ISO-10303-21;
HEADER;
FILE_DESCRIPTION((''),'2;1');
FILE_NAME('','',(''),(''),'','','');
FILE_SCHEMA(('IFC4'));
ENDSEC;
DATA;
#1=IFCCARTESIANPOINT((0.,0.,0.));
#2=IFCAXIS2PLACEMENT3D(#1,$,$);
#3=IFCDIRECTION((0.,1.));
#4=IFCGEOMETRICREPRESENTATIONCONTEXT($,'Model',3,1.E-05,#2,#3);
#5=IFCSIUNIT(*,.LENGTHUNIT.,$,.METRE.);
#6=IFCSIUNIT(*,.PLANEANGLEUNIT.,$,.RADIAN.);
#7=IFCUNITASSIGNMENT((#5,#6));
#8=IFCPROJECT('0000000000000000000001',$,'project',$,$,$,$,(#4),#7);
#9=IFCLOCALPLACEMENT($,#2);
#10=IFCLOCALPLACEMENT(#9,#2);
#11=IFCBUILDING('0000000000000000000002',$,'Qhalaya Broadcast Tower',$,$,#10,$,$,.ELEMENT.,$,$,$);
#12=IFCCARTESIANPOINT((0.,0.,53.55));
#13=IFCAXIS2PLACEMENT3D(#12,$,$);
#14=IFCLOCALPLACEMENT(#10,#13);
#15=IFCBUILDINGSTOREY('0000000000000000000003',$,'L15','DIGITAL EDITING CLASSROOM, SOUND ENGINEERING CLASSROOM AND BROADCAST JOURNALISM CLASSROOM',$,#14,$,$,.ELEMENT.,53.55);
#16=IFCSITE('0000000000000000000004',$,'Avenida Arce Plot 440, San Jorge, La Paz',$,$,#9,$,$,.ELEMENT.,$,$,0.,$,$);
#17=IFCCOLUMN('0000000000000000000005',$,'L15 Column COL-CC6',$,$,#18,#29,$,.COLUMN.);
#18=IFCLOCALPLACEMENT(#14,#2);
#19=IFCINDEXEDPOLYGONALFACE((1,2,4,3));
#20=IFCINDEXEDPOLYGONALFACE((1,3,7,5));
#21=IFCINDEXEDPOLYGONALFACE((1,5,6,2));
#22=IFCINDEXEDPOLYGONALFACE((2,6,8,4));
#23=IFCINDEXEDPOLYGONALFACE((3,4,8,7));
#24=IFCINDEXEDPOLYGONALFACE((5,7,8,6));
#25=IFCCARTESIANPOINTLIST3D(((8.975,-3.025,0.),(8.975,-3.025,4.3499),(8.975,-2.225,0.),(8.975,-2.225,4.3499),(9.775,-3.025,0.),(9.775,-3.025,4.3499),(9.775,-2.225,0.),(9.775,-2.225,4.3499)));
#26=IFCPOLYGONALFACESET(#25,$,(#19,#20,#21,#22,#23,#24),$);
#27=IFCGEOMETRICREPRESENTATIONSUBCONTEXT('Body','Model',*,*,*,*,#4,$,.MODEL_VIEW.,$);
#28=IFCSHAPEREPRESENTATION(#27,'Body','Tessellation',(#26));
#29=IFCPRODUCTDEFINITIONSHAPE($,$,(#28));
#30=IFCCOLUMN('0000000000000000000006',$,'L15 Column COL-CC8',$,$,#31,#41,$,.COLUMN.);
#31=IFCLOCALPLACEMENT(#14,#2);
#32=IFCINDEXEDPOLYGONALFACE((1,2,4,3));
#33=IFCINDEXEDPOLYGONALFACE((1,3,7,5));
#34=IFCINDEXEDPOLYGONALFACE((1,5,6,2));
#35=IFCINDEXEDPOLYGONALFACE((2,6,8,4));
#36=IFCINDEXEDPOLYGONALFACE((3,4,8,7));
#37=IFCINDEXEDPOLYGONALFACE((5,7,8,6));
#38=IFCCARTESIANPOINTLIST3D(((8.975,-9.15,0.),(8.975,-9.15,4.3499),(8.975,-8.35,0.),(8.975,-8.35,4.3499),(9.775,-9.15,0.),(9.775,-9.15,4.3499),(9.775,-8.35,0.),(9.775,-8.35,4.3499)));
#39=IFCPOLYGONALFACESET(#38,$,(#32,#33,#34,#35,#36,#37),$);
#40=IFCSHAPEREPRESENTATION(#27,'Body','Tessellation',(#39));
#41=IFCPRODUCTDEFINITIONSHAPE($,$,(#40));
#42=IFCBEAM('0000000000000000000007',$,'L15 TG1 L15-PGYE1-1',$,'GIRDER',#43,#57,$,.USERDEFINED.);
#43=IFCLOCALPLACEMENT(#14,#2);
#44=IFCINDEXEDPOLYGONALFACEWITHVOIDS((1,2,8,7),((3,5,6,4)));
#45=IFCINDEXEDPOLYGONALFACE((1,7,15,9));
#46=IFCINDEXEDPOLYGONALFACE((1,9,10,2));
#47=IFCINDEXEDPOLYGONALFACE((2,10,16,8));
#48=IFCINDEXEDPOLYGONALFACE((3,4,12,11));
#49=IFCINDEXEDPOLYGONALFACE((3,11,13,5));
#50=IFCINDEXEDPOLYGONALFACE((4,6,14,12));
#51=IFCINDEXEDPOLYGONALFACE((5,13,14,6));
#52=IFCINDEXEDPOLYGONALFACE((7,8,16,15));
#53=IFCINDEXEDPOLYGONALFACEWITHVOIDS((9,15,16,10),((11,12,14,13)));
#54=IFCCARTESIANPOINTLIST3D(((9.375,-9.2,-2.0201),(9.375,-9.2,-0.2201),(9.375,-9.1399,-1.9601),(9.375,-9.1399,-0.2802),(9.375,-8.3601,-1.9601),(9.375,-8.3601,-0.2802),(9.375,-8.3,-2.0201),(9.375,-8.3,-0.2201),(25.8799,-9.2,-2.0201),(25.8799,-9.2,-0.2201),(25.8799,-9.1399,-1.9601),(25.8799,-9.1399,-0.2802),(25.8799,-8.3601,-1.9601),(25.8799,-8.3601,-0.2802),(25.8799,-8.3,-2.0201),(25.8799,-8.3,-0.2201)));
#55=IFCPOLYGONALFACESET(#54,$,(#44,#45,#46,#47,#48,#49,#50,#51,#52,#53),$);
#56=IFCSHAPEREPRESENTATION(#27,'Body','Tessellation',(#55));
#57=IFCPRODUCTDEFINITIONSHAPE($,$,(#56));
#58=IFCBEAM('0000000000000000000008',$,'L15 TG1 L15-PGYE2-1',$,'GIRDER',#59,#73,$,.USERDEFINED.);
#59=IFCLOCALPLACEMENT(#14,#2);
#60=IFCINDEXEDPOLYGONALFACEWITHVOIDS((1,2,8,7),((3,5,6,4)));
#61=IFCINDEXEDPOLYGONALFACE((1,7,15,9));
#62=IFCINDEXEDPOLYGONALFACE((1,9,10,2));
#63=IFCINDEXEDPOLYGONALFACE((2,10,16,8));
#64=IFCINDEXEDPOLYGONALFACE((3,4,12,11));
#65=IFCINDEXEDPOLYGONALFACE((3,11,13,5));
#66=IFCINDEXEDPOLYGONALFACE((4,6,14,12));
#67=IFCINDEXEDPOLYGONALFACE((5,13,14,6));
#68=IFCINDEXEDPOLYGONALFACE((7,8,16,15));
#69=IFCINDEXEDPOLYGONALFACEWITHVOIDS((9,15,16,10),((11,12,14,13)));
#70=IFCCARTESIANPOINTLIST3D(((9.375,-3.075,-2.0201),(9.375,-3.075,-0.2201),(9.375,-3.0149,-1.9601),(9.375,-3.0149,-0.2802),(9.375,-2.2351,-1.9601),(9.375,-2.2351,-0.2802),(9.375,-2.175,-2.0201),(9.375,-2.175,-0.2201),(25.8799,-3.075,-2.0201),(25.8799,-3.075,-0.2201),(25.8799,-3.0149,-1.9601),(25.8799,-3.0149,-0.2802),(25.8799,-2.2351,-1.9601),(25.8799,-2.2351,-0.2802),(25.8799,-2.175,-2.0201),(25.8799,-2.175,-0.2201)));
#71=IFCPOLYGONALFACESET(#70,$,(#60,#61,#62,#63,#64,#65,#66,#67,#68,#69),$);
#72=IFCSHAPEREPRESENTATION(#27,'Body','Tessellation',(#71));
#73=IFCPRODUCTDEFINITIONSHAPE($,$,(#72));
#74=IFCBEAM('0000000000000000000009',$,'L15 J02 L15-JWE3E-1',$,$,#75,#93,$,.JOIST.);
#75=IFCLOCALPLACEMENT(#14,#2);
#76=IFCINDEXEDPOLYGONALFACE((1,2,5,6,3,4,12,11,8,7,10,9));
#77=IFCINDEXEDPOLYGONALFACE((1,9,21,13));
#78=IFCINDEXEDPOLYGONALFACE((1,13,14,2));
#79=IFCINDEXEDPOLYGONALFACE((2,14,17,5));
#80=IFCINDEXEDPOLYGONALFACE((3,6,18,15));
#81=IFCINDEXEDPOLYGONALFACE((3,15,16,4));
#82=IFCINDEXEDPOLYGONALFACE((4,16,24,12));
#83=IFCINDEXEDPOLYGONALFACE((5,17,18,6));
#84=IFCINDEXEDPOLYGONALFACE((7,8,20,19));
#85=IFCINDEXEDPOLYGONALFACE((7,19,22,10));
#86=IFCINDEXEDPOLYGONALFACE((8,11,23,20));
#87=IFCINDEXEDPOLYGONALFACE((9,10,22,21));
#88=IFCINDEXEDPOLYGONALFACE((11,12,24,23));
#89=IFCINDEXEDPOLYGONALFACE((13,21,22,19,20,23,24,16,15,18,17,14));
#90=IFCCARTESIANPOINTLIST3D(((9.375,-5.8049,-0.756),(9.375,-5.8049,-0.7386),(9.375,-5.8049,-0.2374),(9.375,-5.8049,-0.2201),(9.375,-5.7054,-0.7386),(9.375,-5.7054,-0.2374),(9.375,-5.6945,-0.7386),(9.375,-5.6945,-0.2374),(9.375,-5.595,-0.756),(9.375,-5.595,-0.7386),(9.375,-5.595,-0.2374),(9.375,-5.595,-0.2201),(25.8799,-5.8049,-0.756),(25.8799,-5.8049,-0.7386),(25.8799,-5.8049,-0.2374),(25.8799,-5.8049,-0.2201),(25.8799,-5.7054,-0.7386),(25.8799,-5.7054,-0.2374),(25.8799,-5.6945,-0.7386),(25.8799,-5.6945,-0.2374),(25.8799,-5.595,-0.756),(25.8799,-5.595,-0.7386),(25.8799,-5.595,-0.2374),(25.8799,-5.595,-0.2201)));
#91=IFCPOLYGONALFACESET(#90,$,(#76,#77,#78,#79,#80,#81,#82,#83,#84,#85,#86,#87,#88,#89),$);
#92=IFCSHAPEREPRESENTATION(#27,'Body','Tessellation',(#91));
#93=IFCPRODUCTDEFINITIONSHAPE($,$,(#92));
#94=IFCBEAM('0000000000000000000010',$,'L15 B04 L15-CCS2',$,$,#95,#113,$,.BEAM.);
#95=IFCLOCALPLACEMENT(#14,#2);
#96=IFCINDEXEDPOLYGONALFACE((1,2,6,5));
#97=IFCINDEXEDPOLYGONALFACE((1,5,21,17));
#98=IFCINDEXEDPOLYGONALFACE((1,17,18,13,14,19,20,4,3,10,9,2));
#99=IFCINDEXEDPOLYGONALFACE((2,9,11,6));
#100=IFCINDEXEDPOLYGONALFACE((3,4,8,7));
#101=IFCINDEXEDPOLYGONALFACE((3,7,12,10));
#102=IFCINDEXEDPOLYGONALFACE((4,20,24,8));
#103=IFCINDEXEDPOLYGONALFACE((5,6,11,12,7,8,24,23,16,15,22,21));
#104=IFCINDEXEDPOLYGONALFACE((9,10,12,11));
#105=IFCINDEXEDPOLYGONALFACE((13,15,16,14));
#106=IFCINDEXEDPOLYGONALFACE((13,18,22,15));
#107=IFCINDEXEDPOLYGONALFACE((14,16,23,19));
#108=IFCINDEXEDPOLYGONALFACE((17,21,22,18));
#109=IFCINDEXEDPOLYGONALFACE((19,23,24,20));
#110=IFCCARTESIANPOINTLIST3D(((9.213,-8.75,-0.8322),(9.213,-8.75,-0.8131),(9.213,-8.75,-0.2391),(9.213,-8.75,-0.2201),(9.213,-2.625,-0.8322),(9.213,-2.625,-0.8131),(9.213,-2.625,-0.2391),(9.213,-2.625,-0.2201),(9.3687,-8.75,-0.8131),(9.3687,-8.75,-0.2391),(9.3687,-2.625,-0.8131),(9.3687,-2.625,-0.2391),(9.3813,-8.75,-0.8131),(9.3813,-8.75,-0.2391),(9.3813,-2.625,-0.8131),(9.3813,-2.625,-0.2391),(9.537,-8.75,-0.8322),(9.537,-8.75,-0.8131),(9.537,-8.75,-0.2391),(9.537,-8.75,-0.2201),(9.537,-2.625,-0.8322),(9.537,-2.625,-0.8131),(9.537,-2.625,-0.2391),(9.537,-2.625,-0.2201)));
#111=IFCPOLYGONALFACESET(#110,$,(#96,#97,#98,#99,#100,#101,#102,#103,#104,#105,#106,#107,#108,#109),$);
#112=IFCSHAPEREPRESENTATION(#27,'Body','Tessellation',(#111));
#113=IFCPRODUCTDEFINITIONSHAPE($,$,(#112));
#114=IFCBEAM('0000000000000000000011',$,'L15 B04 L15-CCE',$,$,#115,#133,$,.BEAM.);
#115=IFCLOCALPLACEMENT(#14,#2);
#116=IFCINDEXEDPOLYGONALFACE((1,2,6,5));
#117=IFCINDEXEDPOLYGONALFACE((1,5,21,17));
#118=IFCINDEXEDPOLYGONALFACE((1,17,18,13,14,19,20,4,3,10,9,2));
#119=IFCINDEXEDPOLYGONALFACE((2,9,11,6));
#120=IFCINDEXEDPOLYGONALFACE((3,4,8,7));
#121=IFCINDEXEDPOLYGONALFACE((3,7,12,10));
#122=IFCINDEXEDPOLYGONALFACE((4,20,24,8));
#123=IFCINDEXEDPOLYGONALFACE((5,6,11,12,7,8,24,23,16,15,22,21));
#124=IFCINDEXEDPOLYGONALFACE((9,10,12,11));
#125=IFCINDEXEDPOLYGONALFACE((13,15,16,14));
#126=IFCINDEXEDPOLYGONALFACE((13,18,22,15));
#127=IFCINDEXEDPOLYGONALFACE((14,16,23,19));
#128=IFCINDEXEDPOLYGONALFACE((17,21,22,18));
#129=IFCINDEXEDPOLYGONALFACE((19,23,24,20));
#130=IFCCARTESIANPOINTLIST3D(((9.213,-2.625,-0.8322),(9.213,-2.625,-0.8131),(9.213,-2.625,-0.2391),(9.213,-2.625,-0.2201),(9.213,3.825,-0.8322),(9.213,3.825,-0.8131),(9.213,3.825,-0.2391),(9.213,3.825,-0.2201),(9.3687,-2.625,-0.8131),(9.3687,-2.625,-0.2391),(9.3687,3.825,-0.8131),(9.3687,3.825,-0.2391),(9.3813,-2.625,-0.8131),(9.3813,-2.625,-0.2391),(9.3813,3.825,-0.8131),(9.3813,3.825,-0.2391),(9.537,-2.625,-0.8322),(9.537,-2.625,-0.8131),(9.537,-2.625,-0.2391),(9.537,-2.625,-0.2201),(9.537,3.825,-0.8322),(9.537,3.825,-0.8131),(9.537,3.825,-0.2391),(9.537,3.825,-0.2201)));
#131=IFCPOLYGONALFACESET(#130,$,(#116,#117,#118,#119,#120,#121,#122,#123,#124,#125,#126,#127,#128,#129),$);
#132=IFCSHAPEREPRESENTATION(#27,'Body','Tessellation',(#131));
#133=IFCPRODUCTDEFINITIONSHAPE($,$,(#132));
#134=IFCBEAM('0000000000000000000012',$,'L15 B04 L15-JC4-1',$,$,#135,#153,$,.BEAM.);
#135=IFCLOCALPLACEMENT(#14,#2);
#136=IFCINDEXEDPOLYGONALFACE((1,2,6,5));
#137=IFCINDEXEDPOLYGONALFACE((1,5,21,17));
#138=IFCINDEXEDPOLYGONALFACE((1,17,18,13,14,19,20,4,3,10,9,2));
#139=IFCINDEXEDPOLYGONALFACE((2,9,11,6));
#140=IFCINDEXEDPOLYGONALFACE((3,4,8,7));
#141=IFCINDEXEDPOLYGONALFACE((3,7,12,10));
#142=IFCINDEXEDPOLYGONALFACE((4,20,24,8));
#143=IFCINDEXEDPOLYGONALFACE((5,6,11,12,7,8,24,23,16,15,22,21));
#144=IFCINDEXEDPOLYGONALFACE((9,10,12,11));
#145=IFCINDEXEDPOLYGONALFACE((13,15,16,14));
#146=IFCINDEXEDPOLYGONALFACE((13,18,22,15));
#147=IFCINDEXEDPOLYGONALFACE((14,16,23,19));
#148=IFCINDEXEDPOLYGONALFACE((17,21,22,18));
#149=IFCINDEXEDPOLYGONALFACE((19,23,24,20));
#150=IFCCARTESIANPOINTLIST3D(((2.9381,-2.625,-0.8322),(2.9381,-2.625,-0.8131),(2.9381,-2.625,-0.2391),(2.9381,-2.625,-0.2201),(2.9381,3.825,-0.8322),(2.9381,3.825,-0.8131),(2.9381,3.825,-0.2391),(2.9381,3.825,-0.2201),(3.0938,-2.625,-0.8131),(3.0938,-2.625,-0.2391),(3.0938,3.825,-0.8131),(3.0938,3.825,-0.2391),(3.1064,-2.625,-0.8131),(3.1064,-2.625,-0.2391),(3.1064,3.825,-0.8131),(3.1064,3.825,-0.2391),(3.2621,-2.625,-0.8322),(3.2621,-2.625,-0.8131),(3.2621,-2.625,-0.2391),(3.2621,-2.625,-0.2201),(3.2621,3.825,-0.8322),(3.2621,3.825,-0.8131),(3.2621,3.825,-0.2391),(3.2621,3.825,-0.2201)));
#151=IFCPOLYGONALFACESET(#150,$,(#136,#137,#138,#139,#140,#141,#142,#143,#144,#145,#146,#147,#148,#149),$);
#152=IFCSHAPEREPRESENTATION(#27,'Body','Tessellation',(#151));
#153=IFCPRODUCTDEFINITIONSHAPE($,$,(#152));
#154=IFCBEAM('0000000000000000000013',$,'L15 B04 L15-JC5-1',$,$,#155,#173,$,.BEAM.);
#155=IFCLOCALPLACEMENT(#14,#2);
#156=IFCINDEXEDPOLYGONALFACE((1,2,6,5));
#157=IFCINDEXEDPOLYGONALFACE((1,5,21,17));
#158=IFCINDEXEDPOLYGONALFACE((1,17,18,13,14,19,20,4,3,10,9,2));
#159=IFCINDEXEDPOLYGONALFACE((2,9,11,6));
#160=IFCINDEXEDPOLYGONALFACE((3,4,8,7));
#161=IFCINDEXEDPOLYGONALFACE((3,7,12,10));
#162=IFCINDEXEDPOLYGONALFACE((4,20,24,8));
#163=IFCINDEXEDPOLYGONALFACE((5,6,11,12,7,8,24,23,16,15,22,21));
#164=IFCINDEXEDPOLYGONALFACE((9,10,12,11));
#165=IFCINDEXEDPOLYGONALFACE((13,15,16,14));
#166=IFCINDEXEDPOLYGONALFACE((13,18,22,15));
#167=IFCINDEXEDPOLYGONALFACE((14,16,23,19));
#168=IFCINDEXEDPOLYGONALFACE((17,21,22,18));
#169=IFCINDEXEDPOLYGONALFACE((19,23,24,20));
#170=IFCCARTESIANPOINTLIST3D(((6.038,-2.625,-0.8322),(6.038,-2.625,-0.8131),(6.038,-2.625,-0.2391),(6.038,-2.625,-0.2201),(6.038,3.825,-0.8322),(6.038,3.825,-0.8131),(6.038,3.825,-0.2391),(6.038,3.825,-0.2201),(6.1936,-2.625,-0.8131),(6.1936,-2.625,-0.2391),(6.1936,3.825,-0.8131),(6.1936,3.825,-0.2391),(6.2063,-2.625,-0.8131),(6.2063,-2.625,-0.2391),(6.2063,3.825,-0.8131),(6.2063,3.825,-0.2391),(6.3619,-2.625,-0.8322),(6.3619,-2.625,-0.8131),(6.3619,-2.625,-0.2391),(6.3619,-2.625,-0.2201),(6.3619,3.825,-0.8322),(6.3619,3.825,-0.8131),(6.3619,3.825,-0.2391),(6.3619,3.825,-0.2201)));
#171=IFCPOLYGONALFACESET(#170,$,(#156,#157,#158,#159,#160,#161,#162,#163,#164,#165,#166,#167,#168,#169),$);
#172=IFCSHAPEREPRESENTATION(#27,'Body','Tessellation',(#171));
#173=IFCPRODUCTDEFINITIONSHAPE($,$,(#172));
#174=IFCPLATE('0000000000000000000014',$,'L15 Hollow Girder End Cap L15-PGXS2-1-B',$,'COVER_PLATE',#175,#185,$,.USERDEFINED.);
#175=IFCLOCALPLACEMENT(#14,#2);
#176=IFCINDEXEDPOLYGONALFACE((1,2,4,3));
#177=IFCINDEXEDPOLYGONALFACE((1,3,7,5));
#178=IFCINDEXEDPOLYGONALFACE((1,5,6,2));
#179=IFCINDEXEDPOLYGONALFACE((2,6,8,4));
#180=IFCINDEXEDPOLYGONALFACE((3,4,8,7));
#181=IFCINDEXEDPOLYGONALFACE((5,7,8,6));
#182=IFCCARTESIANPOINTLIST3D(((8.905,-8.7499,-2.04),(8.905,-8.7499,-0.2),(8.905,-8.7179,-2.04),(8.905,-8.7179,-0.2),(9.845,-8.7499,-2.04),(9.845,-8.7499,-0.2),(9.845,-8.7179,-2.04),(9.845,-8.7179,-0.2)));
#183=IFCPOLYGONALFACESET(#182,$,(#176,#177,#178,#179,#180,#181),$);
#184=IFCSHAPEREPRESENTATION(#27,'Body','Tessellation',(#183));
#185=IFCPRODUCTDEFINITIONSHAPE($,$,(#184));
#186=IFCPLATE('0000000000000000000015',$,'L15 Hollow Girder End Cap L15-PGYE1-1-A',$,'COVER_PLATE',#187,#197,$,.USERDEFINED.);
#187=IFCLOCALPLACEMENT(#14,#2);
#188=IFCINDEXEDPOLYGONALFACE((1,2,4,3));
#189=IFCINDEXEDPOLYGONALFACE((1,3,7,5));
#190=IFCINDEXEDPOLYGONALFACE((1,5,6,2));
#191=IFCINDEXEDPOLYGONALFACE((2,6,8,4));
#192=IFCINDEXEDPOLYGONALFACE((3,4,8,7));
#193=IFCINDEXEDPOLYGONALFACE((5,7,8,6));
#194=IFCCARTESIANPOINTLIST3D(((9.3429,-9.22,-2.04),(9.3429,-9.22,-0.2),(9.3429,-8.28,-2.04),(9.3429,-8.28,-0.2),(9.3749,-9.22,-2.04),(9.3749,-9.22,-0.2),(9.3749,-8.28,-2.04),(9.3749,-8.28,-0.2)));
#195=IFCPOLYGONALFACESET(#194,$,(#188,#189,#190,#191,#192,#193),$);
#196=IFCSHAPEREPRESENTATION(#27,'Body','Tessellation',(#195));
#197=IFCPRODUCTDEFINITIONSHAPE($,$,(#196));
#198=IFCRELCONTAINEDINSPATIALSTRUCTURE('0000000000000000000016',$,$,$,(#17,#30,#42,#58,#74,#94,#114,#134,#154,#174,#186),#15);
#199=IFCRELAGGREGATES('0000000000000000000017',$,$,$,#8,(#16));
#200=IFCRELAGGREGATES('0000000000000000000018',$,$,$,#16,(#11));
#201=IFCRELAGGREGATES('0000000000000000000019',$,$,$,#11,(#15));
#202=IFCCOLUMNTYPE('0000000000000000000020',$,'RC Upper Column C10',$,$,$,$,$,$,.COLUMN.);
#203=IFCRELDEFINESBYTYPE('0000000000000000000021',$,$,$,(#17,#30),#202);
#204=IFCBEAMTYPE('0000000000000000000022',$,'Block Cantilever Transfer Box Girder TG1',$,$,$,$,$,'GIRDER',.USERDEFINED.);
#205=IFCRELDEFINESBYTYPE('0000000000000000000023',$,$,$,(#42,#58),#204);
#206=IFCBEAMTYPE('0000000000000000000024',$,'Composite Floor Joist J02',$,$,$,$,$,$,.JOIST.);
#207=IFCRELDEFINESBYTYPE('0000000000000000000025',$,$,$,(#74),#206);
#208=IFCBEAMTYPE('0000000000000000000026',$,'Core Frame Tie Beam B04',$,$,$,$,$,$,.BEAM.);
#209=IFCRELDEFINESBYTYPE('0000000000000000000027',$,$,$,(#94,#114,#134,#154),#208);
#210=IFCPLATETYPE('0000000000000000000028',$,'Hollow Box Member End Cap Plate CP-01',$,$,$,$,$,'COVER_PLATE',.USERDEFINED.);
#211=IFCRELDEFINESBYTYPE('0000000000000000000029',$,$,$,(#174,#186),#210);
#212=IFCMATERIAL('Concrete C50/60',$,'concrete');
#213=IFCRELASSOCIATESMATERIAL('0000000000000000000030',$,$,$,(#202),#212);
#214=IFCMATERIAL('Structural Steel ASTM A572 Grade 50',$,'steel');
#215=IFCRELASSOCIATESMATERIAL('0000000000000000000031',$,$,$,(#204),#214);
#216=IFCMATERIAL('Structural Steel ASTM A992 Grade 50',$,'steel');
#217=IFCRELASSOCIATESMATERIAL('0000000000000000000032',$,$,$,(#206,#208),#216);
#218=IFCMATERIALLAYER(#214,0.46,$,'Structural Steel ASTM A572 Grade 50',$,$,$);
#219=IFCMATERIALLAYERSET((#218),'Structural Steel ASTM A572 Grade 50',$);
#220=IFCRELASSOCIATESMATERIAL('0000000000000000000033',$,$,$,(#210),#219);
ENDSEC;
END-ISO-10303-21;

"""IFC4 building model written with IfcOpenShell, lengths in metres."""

from ifc_helpers import new_model, si_unit, direction, frame, origin, origin_2d, place, context, subcontext, project, spatial, rectangle, hollow_rectangle, i_section, extrude, material, layer, layer_set, material_profile, profile_set, type_object, element, save


model = new_model("IFC4")

# Units and contexts
model_context = context("Model", 3, precision=1e-05, world=origin(), true_north=direction((0.0, 1.0)))
body_context = subcontext(model_context, "Body", "Model", "MODEL_VIEW")
ifc_project = project(units=[si_unit("LENGTHUNIT", "METRE"), si_unit("PLANEANGLEUNIT", "RADIAN")], contexts=[model_context])

# Site, building, storey
site_placement = place(None, origin())
site = spatial("IfcSite", under=ifc_project, at=site_placement, Name="Avenida Arce Plot 440, San Jorge, La Paz", CompositionType="ELEMENT", RefElevation=0.0)
building_placement = place(site_placement, origin())
building = spatial("IfcBuilding", under=site, at=building_placement, Name="Qhalaya Broadcast Tower", CompositionType="ELEMENT")
storey_placement = place(building_placement, frame((0.0, 0.0, 53.55)))
storey = spatial("IfcBuildingStorey", under=building, at=storey_placement, Name="L15", Description="DIGITAL EDITING CLASSROOM, SOUND ENGINEERING CLASSROOM AND BROADCAST JOURNALISM CLASSROOM", CompositionType="ELEMENT", Elevation=53.55)

# Columns
ifc_material_1 = material(Name="Concrete C50/60", Category="concrete")
ifc_material_profile_1 = material_profile(ifc_material_1, rectangle(XDim=0.8, YDim=0.8, at=origin_2d()), Name="RC-COL 800x800")
ifc_profile_set_1 = profile_set([ifc_material_profile_1], Name="Concrete C50/60")
column_type = type_object("IfcColumnType", Name="RC Upper Column C10", PredefinedType="COLUMN", material=ifc_profile_set_1)
for number, where, z_axis, x_axis, name in (
    (1, (9.375, -2.625, 0.0), (0.0, 0.0, 1.0), (1.0, 0.0, 0.0), "L15 Column COL-CC6"),
    (2, (9.375, -8.75, 0.0), (0.0, 0.0, 1.0), (1.0, 0.0, 0.0), "L15 Column COL-CC8"),
):
    element("IfcColumn", number, at=place(storey_placement, frame(where, z_axis=z_axis, x_axis=x_axis)), inside=storey, type_object=column_type, Name=name, PredefinedType="COLUMN", context=body_context, shape_type="SweptSolid", body=[
        extrude(rectangle(XDim=0.8, YDim=0.8, at=origin_2d()), origin(), (0.0, 0.0, 1.0), 4.3499),
    ])

# Beams
ifc_material_2 = material(Name="Structural Steel ASTM A572 Grade 50", Category="steel")
ifc_material_profile_2 = material_profile(ifc_material_2, hollow_rectangle(XDim=0.8999, YDim=1.8, WallThickness=0.0601, at=origin_2d()), Name="BOX 900x1800x60")
ifc_profile_set_2 = profile_set([ifc_material_profile_2], Name="Structural Steel ASTM A572 Grade 50")
beam_type_1 = type_object("IfcBeamType", Name="Block Cantilever Transfer Box Girder TG1", ElementType="GIRDER", PredefinedType="USERDEFINED", material=ifc_profile_set_2)
for number, where, z_axis, x_axis, name in (
    (3, (9.375, -8.75, -1.1201), (1.0, 0.0, 0.0), (0.0, 1.0, 0.0), "L15 TG1 L15-PGYE1-1"),
    (4, (9.375, -2.625, -1.1201), (1.0, 0.0, 0.0), (0.0, 1.0, 0.0), "L15 TG1 L15-PGYE2-1"),
):
    element("IfcBeam", number, at=place(storey_placement, frame(where, z_axis=z_axis, x_axis=x_axis)), inside=storey, type_object=beam_type_1, Name=name, ObjectType="GIRDER", PredefinedType="USERDEFINED", context=body_context, shape_type="SweptSolid", body=[
        extrude(hollow_rectangle(XDim=0.8999, YDim=1.8, WallThickness=0.0601, at=origin_2d()), origin(), (0.0, 0.0, 1.0), 16.5049),
    ])
ifc_material_3 = material(Name="Structural Steel ASTM A992 Grade 50", Category="steel")
ifc_material_profile_3 = material_profile(ifc_material_3, i_section(OverallWidth=0.21, OverallDepth=0.5359, WebThickness=0.011, FlangeThickness=0.0173, at=origin_2d()), Name="W21X68")
ifc_profile_set_3 = profile_set([ifc_material_profile_3], Name="Structural Steel ASTM A992 Grade 50")
beam_type_2 = type_object("IfcBeamType", Name="Composite Floor Joist J02", PredefinedType="JOIST", material=ifc_profile_set_3)
beam_1_placement = place(storey_placement, frame((9.375, -5.7, -0.488), z_axis=(1.0, 0.0, 0.0), x_axis=(0.0, 1.0, 0.0)))
element("IfcBeam", 5, at=beam_1_placement, inside=storey, type_object=beam_type_2, Name="L15 J02 L15-JWE3E-1", PredefinedType="JOIST", context=body_context, shape_type="SweptSolid", body=[
    extrude(i_section(OverallWidth=0.21, OverallDepth=0.5359, WebThickness=0.011, FlangeThickness=0.0173, at=origin_2d()), origin(), (0.0, 0.0, 1.0), 16.5049),
])
ifc_material_profile_4 = material_profile(ifc_material_3, i_section(OverallWidth=0.324, OverallDepth=0.6121, WebThickness=0.0127, FlangeThickness=0.019, at=origin_2d()), Name="W24X104")
ifc_profile_set_4 = profile_set([ifc_material_profile_4], Name="Structural Steel ASTM A992 Grade 50")
beam_type_3 = type_object("IfcBeamType", Name="Core Frame Tie Beam B04", PredefinedType="BEAM", material=ifc_profile_set_4)
beam_2_placement = place(storey_placement, frame((9.375, -8.75, -0.5261), z_axis=(0.0, 1.0, 0.0), x_axis=(-1.0, 0.0, 0.0)))
element("IfcBeam", 6, at=beam_2_placement, inside=storey, type_object=beam_type_3, Name="L15 B04 L15-CCS2", PredefinedType="BEAM", context=body_context, shape_type="SweptSolid", body=[
    extrude(i_section(OverallWidth=0.324, OverallDepth=0.6121, WebThickness=0.0127, FlangeThickness=0.019, at=origin_2d()), origin(), (0.0, 0.0, 1.0), 6.125),
])
for number, where, z_axis, x_axis, name in (
    (7, (9.375, -2.625, -0.5261), (0.0, 1.0, 0.0), (-1.0, 0.0, 0.0), "L15 B04 L15-CCE"),
    (8, (3.1001, -2.625, -0.5261), (0.0, 1.0, 0.0), (-1.0, 0.0, 0.0), "L15 B04 L15-JC4-1"),
    (9, (6.2, -2.625, -0.5261), (0.0, 1.0, 0.0), (-1.0, 0.0, 0.0), "L15 B04 L15-JC5-1"),
):
    element("IfcBeam", number, at=place(storey_placement, frame(where, z_axis=z_axis, x_axis=x_axis)), inside=storey, type_object=beam_type_3, Name=name, PredefinedType="BEAM", context=body_context, shape_type="SweptSolid", body=[
        extrude(i_section(OverallWidth=0.324, OverallDepth=0.6121, WebThickness=0.0127, FlangeThickness=0.019, at=origin_2d()), origin(), (0.0, 0.0, 1.0), 6.45),
    ])

# Plates
ifc_layer_1 = layer(ifc_material_2, 0.46, Name="Structural Steel ASTM A572 Grade 50")
ifc_layer_set_1 = layer_set([ifc_layer_1], Name="Structural Steel ASTM A572 Grade 50")
plate_type = type_object("IfcPlateType", Name="Hollow Box Member End Cap Plate CP-01", ElementType="COVER_PLATE", PredefinedType="USERDEFINED", material=ifc_layer_set_1)
for number, where, z_axis, x_axis, name in (
    (10, (9.375, -8.7339, -2.04), (0.0, 0.0, 1.0), (-1.0, 0.0, 0.0), "L15 Hollow Girder End Cap L15-PGXS2-1-B"),
    (11, (9.3589, -8.75, -2.04), (0.0, 0.0, 1.0), (0.0, 1.0, 0.0), "L15 Hollow Girder End Cap L15-PGYE1-1-A"),
):
    element("IfcPlate", number, at=place(storey_placement, frame(where, z_axis=z_axis, x_axis=x_axis)), inside=storey, type_object=plate_type, Name=name, ObjectType="COVER_PLATE", PredefinedType="USERDEFINED", context=body_context, shape_type="SweptSolid", body=[
        extrude(rectangle(XDim=0.9399, YDim=0.032, at=origin_2d()), origin(), (0.0, 0.0, 1.0), 1.8401),
    ])

save(model, "model.ifc")
